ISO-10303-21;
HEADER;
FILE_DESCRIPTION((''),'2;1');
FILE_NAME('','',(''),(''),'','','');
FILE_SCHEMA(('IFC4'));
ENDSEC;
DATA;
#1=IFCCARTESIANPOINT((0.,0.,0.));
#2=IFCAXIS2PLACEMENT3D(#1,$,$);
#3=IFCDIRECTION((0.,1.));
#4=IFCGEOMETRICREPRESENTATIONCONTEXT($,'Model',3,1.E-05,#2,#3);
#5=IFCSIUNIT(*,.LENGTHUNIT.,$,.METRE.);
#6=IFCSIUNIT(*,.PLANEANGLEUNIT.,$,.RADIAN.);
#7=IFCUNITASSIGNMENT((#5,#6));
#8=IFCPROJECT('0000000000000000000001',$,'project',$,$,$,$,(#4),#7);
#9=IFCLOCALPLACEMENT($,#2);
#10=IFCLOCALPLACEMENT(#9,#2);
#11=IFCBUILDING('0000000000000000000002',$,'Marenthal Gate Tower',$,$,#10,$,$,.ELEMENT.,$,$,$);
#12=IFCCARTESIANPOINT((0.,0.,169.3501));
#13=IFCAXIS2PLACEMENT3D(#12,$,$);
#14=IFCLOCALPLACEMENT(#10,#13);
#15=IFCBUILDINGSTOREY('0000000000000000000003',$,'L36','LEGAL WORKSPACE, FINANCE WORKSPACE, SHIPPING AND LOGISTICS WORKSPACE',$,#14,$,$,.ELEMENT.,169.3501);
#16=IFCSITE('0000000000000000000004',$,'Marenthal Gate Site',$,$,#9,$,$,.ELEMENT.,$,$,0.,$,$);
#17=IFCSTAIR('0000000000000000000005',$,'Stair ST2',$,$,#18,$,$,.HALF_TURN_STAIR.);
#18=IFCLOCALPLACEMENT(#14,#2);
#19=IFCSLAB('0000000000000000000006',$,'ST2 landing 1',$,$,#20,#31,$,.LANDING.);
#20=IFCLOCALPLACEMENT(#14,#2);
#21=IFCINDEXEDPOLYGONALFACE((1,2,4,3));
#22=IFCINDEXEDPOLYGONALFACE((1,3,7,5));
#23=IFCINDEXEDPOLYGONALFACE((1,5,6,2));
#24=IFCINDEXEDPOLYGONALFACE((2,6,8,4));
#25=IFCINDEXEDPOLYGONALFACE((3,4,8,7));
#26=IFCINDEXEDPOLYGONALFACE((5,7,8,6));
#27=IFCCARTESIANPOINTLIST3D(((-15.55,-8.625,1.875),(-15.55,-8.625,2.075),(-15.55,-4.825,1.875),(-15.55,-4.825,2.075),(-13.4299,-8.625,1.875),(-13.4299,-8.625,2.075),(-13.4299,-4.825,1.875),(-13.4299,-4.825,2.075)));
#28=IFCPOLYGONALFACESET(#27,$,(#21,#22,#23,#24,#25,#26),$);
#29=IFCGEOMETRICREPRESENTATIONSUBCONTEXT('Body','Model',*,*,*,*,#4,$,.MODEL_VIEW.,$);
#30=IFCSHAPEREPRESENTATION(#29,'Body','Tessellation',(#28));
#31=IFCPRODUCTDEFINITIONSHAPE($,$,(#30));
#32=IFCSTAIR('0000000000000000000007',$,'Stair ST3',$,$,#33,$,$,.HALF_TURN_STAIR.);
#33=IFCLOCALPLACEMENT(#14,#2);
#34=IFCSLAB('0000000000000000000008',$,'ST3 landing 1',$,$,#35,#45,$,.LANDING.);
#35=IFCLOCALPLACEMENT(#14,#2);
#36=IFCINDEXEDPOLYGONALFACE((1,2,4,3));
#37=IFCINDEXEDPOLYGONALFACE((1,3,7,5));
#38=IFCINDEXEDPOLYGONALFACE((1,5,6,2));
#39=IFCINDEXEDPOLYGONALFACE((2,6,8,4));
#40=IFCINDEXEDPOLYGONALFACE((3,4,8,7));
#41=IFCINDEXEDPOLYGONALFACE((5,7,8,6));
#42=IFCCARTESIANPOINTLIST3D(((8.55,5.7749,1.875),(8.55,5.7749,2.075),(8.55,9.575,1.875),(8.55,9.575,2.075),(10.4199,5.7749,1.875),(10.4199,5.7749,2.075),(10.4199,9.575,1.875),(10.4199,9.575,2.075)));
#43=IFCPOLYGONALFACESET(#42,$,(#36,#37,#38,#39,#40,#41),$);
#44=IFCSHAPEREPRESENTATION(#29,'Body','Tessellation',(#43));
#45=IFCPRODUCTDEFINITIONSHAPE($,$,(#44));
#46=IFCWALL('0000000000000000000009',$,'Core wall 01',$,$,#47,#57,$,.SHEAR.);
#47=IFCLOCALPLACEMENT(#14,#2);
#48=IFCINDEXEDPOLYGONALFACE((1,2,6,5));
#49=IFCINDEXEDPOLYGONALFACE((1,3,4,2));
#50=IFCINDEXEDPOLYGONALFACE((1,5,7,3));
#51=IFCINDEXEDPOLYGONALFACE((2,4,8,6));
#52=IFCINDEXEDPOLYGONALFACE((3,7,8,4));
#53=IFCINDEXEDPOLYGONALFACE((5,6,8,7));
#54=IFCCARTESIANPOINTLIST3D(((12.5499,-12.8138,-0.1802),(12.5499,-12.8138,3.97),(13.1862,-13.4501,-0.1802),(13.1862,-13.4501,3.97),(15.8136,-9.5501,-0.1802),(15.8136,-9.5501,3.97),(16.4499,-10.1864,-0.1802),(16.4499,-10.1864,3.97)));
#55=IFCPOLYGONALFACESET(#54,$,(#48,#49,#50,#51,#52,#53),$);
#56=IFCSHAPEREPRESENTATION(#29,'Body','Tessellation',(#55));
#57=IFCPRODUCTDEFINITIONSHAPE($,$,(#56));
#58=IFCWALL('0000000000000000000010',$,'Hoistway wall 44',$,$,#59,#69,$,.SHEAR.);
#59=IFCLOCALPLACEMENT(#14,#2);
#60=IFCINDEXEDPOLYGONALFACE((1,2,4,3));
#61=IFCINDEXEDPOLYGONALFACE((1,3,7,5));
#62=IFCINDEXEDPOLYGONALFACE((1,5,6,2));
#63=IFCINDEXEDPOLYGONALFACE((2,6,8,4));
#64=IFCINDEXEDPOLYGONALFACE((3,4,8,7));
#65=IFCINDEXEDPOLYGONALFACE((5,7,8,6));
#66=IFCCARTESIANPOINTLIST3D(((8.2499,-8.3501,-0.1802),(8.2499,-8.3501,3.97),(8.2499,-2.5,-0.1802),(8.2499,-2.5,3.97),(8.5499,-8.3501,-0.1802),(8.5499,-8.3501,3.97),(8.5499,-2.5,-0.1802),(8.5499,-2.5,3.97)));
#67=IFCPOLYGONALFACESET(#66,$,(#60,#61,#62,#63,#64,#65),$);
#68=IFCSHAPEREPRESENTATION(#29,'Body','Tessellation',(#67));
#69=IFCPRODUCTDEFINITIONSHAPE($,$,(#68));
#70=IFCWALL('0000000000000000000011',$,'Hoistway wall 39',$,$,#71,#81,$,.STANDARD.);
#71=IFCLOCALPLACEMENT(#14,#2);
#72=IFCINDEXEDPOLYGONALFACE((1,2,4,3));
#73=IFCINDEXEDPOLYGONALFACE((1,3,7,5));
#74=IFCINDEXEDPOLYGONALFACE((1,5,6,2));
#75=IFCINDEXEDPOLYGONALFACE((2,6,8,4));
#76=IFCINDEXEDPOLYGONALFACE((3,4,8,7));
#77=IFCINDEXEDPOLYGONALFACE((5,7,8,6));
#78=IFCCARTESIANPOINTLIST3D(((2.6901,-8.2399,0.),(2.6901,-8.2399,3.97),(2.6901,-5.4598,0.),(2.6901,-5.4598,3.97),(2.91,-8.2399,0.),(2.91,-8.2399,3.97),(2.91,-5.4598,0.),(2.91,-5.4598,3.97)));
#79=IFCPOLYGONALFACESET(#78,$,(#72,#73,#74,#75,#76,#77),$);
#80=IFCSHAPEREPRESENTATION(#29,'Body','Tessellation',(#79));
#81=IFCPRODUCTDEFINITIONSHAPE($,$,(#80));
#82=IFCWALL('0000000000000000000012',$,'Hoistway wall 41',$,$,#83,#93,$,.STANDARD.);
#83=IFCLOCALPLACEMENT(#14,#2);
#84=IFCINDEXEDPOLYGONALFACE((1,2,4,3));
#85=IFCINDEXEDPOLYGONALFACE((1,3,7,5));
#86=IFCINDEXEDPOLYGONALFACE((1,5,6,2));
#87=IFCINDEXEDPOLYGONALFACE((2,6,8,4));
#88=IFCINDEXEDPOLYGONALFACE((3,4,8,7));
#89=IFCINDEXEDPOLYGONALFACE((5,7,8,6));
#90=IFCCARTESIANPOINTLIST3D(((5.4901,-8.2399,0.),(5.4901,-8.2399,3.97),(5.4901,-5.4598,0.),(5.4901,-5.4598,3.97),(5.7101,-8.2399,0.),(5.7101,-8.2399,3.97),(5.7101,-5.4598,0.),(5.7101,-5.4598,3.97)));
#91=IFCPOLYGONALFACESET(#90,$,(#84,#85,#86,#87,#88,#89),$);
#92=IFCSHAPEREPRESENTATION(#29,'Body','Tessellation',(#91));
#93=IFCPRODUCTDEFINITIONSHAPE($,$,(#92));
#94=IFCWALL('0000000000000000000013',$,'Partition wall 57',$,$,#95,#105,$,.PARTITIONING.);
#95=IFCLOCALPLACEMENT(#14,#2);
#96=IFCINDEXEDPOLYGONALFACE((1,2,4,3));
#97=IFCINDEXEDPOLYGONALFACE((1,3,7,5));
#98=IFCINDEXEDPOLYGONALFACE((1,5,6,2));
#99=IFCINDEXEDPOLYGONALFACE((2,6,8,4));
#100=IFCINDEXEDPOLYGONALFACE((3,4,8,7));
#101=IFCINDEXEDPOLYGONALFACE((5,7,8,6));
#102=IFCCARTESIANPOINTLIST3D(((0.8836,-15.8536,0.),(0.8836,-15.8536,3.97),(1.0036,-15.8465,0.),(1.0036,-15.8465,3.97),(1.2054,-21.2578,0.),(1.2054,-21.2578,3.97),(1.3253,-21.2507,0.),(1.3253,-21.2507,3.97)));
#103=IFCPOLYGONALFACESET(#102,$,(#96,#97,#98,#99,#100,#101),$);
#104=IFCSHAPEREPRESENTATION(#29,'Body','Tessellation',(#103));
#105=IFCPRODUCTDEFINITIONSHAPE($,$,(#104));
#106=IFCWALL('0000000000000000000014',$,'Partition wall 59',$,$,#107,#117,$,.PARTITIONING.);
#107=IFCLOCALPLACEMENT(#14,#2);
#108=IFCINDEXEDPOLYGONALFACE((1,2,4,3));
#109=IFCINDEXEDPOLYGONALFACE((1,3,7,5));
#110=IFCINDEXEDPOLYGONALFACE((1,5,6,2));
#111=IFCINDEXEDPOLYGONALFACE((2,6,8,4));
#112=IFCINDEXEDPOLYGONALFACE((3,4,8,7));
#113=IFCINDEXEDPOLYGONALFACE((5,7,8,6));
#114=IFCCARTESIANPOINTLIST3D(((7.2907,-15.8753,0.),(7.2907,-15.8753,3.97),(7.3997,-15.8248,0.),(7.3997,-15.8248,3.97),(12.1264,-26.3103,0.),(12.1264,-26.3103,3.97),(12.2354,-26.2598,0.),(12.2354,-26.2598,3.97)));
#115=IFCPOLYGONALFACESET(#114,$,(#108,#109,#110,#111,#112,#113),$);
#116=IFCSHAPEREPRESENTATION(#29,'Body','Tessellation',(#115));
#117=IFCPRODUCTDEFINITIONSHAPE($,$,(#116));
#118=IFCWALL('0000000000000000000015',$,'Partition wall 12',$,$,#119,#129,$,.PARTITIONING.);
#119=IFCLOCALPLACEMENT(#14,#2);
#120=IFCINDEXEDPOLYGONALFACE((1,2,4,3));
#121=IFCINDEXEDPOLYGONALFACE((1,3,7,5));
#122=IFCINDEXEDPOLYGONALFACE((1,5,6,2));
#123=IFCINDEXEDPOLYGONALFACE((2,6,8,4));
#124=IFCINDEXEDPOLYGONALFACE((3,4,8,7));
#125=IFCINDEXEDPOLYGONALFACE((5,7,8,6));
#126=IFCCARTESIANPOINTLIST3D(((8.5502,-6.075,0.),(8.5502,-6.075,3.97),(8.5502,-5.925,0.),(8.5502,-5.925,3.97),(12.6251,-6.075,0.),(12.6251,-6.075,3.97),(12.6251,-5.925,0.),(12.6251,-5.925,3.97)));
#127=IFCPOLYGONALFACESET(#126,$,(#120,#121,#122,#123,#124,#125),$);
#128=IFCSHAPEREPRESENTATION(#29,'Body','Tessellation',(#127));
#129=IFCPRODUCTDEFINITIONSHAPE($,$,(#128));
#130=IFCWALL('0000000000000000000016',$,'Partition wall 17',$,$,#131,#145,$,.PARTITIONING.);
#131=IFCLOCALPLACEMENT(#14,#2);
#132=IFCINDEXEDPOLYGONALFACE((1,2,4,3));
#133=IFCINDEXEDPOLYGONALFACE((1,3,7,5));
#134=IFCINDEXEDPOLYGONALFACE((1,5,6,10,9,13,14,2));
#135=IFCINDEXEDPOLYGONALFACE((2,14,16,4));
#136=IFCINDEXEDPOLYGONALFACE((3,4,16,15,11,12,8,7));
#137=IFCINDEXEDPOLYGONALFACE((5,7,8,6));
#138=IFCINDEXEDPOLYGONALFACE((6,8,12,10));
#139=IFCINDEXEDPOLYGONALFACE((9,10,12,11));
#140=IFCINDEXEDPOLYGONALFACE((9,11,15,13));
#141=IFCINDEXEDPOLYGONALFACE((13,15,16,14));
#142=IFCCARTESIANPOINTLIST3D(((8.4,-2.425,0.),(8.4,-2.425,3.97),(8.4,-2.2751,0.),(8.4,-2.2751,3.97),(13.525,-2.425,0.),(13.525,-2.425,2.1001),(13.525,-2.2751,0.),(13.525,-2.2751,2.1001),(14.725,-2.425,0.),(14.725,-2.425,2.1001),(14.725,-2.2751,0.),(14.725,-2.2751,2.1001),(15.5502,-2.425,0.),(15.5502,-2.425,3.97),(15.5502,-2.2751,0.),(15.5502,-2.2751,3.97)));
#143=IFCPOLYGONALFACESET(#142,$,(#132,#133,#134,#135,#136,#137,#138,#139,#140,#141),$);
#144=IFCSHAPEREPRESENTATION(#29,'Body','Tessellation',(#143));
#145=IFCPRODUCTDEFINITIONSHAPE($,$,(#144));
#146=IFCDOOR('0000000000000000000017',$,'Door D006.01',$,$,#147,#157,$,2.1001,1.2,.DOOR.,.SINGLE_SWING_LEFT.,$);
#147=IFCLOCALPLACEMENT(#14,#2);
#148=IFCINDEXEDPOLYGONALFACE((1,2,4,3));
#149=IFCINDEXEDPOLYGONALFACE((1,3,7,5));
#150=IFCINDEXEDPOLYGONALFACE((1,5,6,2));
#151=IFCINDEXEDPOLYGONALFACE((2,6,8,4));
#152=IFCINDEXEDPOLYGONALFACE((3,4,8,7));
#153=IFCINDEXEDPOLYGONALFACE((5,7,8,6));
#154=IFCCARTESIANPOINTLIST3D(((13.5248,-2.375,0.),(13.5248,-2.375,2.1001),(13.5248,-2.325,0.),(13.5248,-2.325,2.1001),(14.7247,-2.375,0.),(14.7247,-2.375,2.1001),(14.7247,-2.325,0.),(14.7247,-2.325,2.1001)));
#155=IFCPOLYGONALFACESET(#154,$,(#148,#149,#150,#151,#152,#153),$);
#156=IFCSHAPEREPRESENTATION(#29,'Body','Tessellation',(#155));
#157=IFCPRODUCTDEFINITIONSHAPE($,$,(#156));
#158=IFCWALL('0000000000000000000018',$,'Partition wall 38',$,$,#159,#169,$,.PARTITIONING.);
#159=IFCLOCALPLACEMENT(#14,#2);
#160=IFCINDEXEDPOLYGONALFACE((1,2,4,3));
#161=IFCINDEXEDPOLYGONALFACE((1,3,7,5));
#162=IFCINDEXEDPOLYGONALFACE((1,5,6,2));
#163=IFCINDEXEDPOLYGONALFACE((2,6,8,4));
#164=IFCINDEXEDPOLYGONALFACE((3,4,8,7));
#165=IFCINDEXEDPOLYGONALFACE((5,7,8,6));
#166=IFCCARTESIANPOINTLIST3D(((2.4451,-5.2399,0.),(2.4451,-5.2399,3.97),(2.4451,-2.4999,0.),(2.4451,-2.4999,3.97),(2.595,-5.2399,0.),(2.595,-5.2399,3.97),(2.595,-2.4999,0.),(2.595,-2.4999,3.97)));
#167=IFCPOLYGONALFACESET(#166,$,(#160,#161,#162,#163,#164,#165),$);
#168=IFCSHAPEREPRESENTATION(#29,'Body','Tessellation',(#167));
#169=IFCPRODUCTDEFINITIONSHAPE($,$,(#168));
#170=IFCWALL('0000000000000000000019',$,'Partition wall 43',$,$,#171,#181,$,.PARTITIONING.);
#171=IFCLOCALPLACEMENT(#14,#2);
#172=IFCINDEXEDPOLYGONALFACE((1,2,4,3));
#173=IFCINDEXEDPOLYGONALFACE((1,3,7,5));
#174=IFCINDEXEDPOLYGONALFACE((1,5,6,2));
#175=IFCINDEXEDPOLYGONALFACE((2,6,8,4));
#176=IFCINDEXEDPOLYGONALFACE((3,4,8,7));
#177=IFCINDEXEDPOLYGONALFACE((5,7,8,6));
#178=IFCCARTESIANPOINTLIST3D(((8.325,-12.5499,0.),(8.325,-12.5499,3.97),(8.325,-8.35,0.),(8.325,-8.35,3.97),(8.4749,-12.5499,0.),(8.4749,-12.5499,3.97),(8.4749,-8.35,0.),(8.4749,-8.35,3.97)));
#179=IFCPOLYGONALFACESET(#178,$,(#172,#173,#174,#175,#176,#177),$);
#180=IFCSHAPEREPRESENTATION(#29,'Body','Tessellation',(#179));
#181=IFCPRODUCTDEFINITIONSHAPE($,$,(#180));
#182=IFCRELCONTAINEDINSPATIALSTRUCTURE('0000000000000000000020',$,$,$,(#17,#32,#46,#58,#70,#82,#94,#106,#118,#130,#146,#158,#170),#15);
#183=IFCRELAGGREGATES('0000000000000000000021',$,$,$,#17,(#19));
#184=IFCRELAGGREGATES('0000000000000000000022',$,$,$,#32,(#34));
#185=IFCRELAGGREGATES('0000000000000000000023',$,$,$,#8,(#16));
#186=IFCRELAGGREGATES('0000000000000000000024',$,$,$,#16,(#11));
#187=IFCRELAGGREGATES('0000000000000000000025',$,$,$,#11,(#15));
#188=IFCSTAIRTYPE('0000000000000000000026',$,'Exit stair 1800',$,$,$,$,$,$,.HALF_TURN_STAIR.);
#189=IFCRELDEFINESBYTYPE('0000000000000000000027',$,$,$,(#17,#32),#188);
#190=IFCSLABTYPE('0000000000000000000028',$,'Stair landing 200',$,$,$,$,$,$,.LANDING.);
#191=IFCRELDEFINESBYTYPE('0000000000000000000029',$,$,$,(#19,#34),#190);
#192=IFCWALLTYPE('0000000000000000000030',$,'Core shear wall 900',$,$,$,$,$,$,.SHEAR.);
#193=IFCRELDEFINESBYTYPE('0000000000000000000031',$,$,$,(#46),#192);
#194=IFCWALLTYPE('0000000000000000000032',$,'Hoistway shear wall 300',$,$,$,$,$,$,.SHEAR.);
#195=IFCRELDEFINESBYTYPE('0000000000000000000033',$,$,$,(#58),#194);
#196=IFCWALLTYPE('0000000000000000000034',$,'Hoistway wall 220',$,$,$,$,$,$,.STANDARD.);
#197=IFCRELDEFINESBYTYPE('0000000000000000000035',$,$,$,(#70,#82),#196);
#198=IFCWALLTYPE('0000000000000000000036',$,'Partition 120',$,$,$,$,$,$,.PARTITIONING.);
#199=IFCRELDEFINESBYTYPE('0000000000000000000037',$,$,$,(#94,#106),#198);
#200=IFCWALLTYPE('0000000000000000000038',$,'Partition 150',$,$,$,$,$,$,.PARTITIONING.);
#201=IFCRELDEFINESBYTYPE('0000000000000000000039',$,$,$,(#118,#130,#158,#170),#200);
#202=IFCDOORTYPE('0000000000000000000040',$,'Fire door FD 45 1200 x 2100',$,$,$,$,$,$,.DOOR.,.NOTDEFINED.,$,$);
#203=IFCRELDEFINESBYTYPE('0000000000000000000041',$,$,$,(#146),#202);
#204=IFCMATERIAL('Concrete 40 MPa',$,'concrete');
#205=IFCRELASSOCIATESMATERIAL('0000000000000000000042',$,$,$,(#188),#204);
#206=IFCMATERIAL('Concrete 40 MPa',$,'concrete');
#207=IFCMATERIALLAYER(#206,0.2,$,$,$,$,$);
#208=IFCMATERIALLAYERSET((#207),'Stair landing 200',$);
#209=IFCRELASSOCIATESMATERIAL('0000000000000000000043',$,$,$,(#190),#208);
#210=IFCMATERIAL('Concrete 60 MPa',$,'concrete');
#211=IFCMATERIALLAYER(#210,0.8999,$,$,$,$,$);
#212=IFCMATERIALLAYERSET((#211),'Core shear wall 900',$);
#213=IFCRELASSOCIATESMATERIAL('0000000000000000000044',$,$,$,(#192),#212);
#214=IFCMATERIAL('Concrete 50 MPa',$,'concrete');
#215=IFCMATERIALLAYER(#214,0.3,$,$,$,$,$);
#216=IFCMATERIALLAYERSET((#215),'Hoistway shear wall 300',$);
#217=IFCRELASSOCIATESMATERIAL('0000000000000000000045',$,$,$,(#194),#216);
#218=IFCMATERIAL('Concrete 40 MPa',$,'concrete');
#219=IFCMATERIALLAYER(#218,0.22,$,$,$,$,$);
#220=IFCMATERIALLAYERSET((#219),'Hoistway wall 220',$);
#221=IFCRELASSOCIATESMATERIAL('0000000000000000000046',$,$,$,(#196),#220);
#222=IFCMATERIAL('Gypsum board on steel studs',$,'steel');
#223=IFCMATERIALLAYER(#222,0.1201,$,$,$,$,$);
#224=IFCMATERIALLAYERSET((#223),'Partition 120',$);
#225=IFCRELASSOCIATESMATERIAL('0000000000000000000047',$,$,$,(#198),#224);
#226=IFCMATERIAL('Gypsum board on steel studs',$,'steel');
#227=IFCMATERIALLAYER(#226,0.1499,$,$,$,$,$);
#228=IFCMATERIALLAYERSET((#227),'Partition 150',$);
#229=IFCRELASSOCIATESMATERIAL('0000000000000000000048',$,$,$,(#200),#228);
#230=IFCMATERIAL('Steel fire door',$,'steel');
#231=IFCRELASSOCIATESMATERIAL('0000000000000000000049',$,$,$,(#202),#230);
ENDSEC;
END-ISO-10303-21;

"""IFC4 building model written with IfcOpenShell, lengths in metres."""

from ifc_helpers import new_model, si_unit, direction, frame, frame_2d, origin, place, context, subcontext, project, spatial, polyline, rectangle, outline, extrude, material, layer, layer_set, type_object, element, fill, aggregate, save


model = new_model("IFC4")

# Units and contexts
model_context = context("Model", 3, precision=1e-05, world=origin(), true_north=direction((0.0, 1.0)))
body_context = subcontext(model_context, "Body", "Model", "MODEL_VIEW")
ifc_project = project(units=[si_unit("LENGTHUNIT", "METRE"), si_unit("PLANEANGLEUNIT", "RADIAN")], contexts=[model_context])

# Site, building, storey
site_placement = place(None, origin())
site = spatial("IfcSite", under=ifc_project, at=site_placement, Name="Marenthal Gate Site", CompositionType="ELEMENT", RefElevation=0.0)
building_placement = place(site_placement, origin())
building = spatial("IfcBuilding", under=site, at=building_placement, Name="Marenthal Gate Tower", CompositionType="ELEMENT")
storey_placement = place(building_placement, frame((0.0, 0.0, 169.3501)))
storey = spatial("IfcBuildingStorey", under=building, at=storey_placement, Name="L36", Description="LEGAL WORKSPACE, FINANCE WORKSPACE, SHIPPING AND LOGISTICS WORKSPACE", CompositionType="ELEMENT", Elevation=169.3501)

# Stairs, slabs
ifc_material_1 = material(Name="Concrete 40 MPa", Category="concrete")
stair_type = type_object("IfcStairType", Name="Exit stair 1800", PredefinedType="HALF_TURN_STAIR", material=ifc_material_1)
ifc_material_2 = material(Name="Concrete 40 MPa", Category="concrete")
ifc_layer_1 = layer(ifc_material_2, 0.2)
ifc_layer_set_1 = layer_set([ifc_layer_1], Name="Stair landing 200")
slab_type_1 = type_object("IfcSlabType", Name="Stair landing 200", PredefinedType="LANDING", material=ifc_layer_set_1)
stair_1_placement = place(storey_placement, origin())
stair_1 = element("IfcStair", 1, at=stair_1_placement, inside=storey, type_object=stair_type, Name="Stair ST2", PredefinedType="HALF_TURN_STAIR")
slab_1_placement = place(storey_placement, frame((0.0, 0.0, 1.875)))
slab_1 = element("IfcSlab", 2, at=slab_1_placement, type_object=slab_type_1, Name="ST2 landing 1", PredefinedType="LANDING", context=body_context, shape_type="SweptSolid", body=[
    extrude(outline(polyline([(-15.55, -8.625), (-13.4299, -8.625), (-13.4299, -4.825), (-15.55, -4.825), (-15.55, -8.625)])), origin(), (0.0, 0.0, 1.0), 0.2),
])
aggregate(stair_1, [slab_1])
stair_2_placement = place(storey_placement, origin())
stair_2 = element("IfcStair", 3, at=stair_2_placement, inside=storey, type_object=stair_type, Name="Stair ST3", PredefinedType="HALF_TURN_STAIR")
slab_2_placement = place(storey_placement, frame((0.0, 0.0, 1.875)))
slab_2 = element("IfcSlab", 4, at=slab_2_placement, type_object=slab_type_1, Name="ST3 landing 1", PredefinedType="LANDING", context=body_context, shape_type="SweptSolid", body=[
    extrude(outline(polyline([(8.55, 5.7749), (10.4199, 5.7749), (10.4199, 9.575), (8.55, 9.575), (8.55, 5.7749)])), origin(), (0.0, 0.0, 1.0), 0.2),
])
aggregate(stair_2, [slab_2])

# Walls
ifc_material_3 = material(Name="Concrete 60 MPa", Category="concrete")
ifc_layer_2 = layer(ifc_material_3, 0.8999)
ifc_layer_set_2 = layer_set([ifc_layer_2], Name="Core shear wall 900")
wall_type_1 = type_object("IfcWallType", Name="Core shear wall 900", PredefinedType="SHEAR", material=ifc_layer_set_2)
wall_1_placement = place(storey_placement, frame((12.8682, -13.1318, -0.1802), z_axis=(0.0, 0.0, 1.0), x_axis=(0.707107, 0.707107, 0.0)))
element("IfcWall", 5, at=wall_1_placement, inside=storey, type_object=wall_type_1, Name="Core wall 01", PredefinedType="SHEAR", context=body_context, shape_type="SweptSolid", body=[
    extrude(rectangle(XDim=4.6155, YDim=0.8999, at=frame_2d((2.3076, 0.0))), origin(), (0.0, 0.0, 1.0), 4.1501),
])
ifc_material_4 = material(Name="Concrete 50 MPa", Category="concrete")
ifc_layer_3 = layer(ifc_material_4, 0.3)
ifc_layer_set_3 = layer_set([ifc_layer_3], Name="Hoistway shear wall 300")
wall_type_2 = type_object("IfcWallType", Name="Hoistway shear wall 300", PredefinedType="SHEAR", material=ifc_layer_set_3)
wall_2_placement = place(storey_placement, frame((8.3999, -8.3501, -0.1802), z_axis=(0.0, 0.0, 1.0), x_axis=(0.0, 1.0, 0.0)))
element("IfcWall", 6, at=wall_2_placement, inside=storey, type_object=wall_type_2, Name="Hoistway wall 44", PredefinedType="SHEAR", context=body_context, shape_type="SweptSolid", body=[
    extrude(rectangle(XDim=5.8501, YDim=0.3, at=frame_2d((2.925, 0.0))), origin(), (0.0, 0.0, 1.0), 4.1501),
])
ifc_material_5 = material(Name="Concrete 40 MPa", Category="concrete")
ifc_layer_4 = layer(ifc_material_5, 0.22)
ifc_layer_set_4 = layer_set([ifc_layer_4], Name="Hoistway wall 220")
wall_type_3 = type_object("IfcWallType", Name="Hoistway wall 220", PredefinedType="STANDARD", material=ifc_layer_set_4)
for number, where, z_axis, x_axis, name in (
    (7, (2.8, -8.24, 0.0), (0.0, 0.0, 1.0), (0.0, 1.0, 0.0), "Hoistway wall 39"),
    (8, (5.6001, -8.24, 0.0), (0.0, 0.0, 1.0), (0.0, 1.0, 0.0), "Hoistway wall 41"),
):
    element("IfcWall", number, at=place(storey_placement, frame(where, z_axis=z_axis, x_axis=x_axis)), inside=storey, type_object=wall_type_3, Name=name, PredefinedType="STANDARD", context=body_context, shape_type="SweptSolid", body=[
        extrude(rectangle(XDim=2.78, YDim=0.22, at=frame_2d((1.3901, 0.0))), origin(), (0.0, 0.0, 1.0), 3.97),
    ])
ifc_material_6 = material(Name="Gypsum board on steel studs", Category="steel")
ifc_layer_5 = layer(ifc_material_6, 0.1201)
ifc_layer_set_5 = layer_set([ifc_layer_5], Name="Partition 120")
wall_type_4 = type_object("IfcWallType", Name="Partition 120", PredefinedType="PARTITIONING", material=ifc_layer_set_5)
wall_3_placement = place(storey_placement, frame((1.2654, -21.2544, 0.0), z_axis=(0.0, 0.0, 1.0), x_axis=(-0.059436, 0.998232, 0.0)))
element("IfcWall", 9, at=wall_3_placement, inside=storey, type_object=wall_type_4, Name="Partition wall 57", PredefinedType="PARTITIONING", context=body_context, shape_type="SweptSolid", body=[
    extrude(rectangle(XDim=5.4138, YDim=0.1201, at=frame_2d((2.707, 0.0))), origin(), (0.0, 0.0, 1.0), 3.97),
])
wall_4_placement = place(storey_placement, frame((7.3452, -15.8501, 0.0), z_axis=(0.0, 0.0, 1.0), x_axis=(0.420456, -0.907313, 0.0)))
element("IfcWall", 10, at=wall_4_placement, inside=storey, type_object=wall_type_4, Name="Partition wall 59", PredefinedType="PARTITIONING", context=body_context, shape_type="SweptSolid", body=[
    extrude(rectangle(XDim=11.501, YDim=0.1201, at=frame_2d((5.7505, 0.0))), origin(), (0.0, 0.0, 1.0), 3.97),
])
ifc_material_7 = material(Name="Gypsum board on steel studs", Category="steel")
ifc_layer_6 = layer(ifc_material_7, 0.1499)
ifc_layer_set_6 = layer_set([ifc_layer_6], Name="Partition 150")
wall_type_5 = type_object("IfcWallType", Name="Partition 150", PredefinedType="PARTITIONING", material=ifc_layer_set_6)
wall_5_placement = place(storey_placement, frame((8.55, -6.0, 0.0), z_axis=(0.0, 0.0, 1.0), x_axis=(1.0, 0.0, 0.0)))
element("IfcWall", 11, at=wall_5_placement, inside=storey, type_object=wall_type_5, Name="Partition wall 12", PredefinedType="PARTITIONING", context=body_context, shape_type="SweptSolid", body=[
    extrude(rectangle(XDim=4.075, YDim=0.1499, at=frame_2d((2.0376, 0.0))), origin(), (0.0, 0.0, 1.0), 3.97),
])

# Wall, opening, door
wall_6_placement = place(storey_placement, frame((8.3999, -2.3501, 0.0), z_axis=(0.0, 0.0, 1.0), x_axis=(1.0, 0.0, 0.0)))
wall_6 = element("IfcWall", 12, at=wall_6_placement, inside=storey, type_object=wall_type_5, Name="Partition wall 17", PredefinedType="PARTITIONING", context=body_context, shape_type="SweptSolid", body=[
    extrude(rectangle(XDim=7.1501, YDim=0.1499, at=frame_2d((3.5752, 0.0))), origin(), (0.0, 0.0, 1.0), 3.97),
])
opening_1_placement = place(wall_6_placement, frame((5.125, 0.0, 0.0)))
opening_1 = element("IfcOpeningElement", 13, at=opening_1_placement, cuts=wall_6, PredefinedType="OPENING", context=body_context, shape_type="SweptSolid", body=[
    extrude(rectangle(XDim=1.2, YDim=2.1001, at=frame_2d((0.6001, 1.05))), frame((0.0, 0.085, 0.0), z_axis=(0.0, -1.0, 0.0), x_axis=(1.0, 0.0, 0.0)), (0.0, 0.0, 1.0), 0.1699),
])
ifc_material_8 = material(Name="Steel fire door", Category="steel")
door_type_1 = type_object("IfcDoorType", Name="Fire door FD 45 1200 x 2100", OperationType="NOTDEFINED", PredefinedType="DOOR", material=ifc_material_8)
door_1_placement = place(opening_1_placement, frame((1.2, 0.0, 0.0), z_axis=(0.0, 0.0, 1.0), x_axis=(-1.0, 0.0, 0.0)))
door_1 = element("IfcDoor", 14, at=door_1_placement, inside=storey, type_object=door_type_1, Name="Door D006.01", OperationType="SINGLE_SWING_LEFT", OverallHeight=2.1001, OverallWidth=1.2, PredefinedType="DOOR", context=body_context, shape_type="SweptSolid", body=[
    extrude(rectangle(XDim=1.2, YDim=2.1001, at=frame_2d((0.6001, 1.05))), frame((0.0, 0.0249, 0.0), z_axis=(0.0, -1.0, 0.0), x_axis=(1.0, 0.0, 0.0)), (0.0, 0.0, 1.0), 0.05),
])
fill(opening_1, door_1)

# Walls
wall_7_placement = place(storey_placement, frame((2.52, -5.24, 0.0), z_axis=(0.0, 0.0, 1.0), x_axis=(0.0, 1.0, 0.0)))
element("IfcWall", 15, at=wall_7_placement, inside=storey, type_object=wall_type_5, Name="Partition wall 38", PredefinedType="PARTITIONING", context=body_context, shape_type="SweptSolid", body=[
    extrude(rectangle(XDim=2.74, YDim=0.1499, at=frame_2d((1.3701, 0.0))), origin(), (0.0, 0.0, 1.0), 3.97),
])
wall_8_placement = place(storey_placement, frame((8.3999, -12.55, 0.0), z_axis=(0.0, 0.0, 1.0), x_axis=(0.0, 1.0, 0.0)))
element("IfcWall", 16, at=wall_8_placement, inside=storey, type_object=wall_type_5, Name="Partition wall 43", PredefinedType="PARTITIONING", context=body_context, shape_type="SweptSolid", body=[
    extrude(rectangle(XDim=4.2, YDim=0.1499, at=frame_2d((2.1001, 0.0))), origin(), (0.0, 0.0, 1.0), 3.97),
])

save(model, "model.ifc")
